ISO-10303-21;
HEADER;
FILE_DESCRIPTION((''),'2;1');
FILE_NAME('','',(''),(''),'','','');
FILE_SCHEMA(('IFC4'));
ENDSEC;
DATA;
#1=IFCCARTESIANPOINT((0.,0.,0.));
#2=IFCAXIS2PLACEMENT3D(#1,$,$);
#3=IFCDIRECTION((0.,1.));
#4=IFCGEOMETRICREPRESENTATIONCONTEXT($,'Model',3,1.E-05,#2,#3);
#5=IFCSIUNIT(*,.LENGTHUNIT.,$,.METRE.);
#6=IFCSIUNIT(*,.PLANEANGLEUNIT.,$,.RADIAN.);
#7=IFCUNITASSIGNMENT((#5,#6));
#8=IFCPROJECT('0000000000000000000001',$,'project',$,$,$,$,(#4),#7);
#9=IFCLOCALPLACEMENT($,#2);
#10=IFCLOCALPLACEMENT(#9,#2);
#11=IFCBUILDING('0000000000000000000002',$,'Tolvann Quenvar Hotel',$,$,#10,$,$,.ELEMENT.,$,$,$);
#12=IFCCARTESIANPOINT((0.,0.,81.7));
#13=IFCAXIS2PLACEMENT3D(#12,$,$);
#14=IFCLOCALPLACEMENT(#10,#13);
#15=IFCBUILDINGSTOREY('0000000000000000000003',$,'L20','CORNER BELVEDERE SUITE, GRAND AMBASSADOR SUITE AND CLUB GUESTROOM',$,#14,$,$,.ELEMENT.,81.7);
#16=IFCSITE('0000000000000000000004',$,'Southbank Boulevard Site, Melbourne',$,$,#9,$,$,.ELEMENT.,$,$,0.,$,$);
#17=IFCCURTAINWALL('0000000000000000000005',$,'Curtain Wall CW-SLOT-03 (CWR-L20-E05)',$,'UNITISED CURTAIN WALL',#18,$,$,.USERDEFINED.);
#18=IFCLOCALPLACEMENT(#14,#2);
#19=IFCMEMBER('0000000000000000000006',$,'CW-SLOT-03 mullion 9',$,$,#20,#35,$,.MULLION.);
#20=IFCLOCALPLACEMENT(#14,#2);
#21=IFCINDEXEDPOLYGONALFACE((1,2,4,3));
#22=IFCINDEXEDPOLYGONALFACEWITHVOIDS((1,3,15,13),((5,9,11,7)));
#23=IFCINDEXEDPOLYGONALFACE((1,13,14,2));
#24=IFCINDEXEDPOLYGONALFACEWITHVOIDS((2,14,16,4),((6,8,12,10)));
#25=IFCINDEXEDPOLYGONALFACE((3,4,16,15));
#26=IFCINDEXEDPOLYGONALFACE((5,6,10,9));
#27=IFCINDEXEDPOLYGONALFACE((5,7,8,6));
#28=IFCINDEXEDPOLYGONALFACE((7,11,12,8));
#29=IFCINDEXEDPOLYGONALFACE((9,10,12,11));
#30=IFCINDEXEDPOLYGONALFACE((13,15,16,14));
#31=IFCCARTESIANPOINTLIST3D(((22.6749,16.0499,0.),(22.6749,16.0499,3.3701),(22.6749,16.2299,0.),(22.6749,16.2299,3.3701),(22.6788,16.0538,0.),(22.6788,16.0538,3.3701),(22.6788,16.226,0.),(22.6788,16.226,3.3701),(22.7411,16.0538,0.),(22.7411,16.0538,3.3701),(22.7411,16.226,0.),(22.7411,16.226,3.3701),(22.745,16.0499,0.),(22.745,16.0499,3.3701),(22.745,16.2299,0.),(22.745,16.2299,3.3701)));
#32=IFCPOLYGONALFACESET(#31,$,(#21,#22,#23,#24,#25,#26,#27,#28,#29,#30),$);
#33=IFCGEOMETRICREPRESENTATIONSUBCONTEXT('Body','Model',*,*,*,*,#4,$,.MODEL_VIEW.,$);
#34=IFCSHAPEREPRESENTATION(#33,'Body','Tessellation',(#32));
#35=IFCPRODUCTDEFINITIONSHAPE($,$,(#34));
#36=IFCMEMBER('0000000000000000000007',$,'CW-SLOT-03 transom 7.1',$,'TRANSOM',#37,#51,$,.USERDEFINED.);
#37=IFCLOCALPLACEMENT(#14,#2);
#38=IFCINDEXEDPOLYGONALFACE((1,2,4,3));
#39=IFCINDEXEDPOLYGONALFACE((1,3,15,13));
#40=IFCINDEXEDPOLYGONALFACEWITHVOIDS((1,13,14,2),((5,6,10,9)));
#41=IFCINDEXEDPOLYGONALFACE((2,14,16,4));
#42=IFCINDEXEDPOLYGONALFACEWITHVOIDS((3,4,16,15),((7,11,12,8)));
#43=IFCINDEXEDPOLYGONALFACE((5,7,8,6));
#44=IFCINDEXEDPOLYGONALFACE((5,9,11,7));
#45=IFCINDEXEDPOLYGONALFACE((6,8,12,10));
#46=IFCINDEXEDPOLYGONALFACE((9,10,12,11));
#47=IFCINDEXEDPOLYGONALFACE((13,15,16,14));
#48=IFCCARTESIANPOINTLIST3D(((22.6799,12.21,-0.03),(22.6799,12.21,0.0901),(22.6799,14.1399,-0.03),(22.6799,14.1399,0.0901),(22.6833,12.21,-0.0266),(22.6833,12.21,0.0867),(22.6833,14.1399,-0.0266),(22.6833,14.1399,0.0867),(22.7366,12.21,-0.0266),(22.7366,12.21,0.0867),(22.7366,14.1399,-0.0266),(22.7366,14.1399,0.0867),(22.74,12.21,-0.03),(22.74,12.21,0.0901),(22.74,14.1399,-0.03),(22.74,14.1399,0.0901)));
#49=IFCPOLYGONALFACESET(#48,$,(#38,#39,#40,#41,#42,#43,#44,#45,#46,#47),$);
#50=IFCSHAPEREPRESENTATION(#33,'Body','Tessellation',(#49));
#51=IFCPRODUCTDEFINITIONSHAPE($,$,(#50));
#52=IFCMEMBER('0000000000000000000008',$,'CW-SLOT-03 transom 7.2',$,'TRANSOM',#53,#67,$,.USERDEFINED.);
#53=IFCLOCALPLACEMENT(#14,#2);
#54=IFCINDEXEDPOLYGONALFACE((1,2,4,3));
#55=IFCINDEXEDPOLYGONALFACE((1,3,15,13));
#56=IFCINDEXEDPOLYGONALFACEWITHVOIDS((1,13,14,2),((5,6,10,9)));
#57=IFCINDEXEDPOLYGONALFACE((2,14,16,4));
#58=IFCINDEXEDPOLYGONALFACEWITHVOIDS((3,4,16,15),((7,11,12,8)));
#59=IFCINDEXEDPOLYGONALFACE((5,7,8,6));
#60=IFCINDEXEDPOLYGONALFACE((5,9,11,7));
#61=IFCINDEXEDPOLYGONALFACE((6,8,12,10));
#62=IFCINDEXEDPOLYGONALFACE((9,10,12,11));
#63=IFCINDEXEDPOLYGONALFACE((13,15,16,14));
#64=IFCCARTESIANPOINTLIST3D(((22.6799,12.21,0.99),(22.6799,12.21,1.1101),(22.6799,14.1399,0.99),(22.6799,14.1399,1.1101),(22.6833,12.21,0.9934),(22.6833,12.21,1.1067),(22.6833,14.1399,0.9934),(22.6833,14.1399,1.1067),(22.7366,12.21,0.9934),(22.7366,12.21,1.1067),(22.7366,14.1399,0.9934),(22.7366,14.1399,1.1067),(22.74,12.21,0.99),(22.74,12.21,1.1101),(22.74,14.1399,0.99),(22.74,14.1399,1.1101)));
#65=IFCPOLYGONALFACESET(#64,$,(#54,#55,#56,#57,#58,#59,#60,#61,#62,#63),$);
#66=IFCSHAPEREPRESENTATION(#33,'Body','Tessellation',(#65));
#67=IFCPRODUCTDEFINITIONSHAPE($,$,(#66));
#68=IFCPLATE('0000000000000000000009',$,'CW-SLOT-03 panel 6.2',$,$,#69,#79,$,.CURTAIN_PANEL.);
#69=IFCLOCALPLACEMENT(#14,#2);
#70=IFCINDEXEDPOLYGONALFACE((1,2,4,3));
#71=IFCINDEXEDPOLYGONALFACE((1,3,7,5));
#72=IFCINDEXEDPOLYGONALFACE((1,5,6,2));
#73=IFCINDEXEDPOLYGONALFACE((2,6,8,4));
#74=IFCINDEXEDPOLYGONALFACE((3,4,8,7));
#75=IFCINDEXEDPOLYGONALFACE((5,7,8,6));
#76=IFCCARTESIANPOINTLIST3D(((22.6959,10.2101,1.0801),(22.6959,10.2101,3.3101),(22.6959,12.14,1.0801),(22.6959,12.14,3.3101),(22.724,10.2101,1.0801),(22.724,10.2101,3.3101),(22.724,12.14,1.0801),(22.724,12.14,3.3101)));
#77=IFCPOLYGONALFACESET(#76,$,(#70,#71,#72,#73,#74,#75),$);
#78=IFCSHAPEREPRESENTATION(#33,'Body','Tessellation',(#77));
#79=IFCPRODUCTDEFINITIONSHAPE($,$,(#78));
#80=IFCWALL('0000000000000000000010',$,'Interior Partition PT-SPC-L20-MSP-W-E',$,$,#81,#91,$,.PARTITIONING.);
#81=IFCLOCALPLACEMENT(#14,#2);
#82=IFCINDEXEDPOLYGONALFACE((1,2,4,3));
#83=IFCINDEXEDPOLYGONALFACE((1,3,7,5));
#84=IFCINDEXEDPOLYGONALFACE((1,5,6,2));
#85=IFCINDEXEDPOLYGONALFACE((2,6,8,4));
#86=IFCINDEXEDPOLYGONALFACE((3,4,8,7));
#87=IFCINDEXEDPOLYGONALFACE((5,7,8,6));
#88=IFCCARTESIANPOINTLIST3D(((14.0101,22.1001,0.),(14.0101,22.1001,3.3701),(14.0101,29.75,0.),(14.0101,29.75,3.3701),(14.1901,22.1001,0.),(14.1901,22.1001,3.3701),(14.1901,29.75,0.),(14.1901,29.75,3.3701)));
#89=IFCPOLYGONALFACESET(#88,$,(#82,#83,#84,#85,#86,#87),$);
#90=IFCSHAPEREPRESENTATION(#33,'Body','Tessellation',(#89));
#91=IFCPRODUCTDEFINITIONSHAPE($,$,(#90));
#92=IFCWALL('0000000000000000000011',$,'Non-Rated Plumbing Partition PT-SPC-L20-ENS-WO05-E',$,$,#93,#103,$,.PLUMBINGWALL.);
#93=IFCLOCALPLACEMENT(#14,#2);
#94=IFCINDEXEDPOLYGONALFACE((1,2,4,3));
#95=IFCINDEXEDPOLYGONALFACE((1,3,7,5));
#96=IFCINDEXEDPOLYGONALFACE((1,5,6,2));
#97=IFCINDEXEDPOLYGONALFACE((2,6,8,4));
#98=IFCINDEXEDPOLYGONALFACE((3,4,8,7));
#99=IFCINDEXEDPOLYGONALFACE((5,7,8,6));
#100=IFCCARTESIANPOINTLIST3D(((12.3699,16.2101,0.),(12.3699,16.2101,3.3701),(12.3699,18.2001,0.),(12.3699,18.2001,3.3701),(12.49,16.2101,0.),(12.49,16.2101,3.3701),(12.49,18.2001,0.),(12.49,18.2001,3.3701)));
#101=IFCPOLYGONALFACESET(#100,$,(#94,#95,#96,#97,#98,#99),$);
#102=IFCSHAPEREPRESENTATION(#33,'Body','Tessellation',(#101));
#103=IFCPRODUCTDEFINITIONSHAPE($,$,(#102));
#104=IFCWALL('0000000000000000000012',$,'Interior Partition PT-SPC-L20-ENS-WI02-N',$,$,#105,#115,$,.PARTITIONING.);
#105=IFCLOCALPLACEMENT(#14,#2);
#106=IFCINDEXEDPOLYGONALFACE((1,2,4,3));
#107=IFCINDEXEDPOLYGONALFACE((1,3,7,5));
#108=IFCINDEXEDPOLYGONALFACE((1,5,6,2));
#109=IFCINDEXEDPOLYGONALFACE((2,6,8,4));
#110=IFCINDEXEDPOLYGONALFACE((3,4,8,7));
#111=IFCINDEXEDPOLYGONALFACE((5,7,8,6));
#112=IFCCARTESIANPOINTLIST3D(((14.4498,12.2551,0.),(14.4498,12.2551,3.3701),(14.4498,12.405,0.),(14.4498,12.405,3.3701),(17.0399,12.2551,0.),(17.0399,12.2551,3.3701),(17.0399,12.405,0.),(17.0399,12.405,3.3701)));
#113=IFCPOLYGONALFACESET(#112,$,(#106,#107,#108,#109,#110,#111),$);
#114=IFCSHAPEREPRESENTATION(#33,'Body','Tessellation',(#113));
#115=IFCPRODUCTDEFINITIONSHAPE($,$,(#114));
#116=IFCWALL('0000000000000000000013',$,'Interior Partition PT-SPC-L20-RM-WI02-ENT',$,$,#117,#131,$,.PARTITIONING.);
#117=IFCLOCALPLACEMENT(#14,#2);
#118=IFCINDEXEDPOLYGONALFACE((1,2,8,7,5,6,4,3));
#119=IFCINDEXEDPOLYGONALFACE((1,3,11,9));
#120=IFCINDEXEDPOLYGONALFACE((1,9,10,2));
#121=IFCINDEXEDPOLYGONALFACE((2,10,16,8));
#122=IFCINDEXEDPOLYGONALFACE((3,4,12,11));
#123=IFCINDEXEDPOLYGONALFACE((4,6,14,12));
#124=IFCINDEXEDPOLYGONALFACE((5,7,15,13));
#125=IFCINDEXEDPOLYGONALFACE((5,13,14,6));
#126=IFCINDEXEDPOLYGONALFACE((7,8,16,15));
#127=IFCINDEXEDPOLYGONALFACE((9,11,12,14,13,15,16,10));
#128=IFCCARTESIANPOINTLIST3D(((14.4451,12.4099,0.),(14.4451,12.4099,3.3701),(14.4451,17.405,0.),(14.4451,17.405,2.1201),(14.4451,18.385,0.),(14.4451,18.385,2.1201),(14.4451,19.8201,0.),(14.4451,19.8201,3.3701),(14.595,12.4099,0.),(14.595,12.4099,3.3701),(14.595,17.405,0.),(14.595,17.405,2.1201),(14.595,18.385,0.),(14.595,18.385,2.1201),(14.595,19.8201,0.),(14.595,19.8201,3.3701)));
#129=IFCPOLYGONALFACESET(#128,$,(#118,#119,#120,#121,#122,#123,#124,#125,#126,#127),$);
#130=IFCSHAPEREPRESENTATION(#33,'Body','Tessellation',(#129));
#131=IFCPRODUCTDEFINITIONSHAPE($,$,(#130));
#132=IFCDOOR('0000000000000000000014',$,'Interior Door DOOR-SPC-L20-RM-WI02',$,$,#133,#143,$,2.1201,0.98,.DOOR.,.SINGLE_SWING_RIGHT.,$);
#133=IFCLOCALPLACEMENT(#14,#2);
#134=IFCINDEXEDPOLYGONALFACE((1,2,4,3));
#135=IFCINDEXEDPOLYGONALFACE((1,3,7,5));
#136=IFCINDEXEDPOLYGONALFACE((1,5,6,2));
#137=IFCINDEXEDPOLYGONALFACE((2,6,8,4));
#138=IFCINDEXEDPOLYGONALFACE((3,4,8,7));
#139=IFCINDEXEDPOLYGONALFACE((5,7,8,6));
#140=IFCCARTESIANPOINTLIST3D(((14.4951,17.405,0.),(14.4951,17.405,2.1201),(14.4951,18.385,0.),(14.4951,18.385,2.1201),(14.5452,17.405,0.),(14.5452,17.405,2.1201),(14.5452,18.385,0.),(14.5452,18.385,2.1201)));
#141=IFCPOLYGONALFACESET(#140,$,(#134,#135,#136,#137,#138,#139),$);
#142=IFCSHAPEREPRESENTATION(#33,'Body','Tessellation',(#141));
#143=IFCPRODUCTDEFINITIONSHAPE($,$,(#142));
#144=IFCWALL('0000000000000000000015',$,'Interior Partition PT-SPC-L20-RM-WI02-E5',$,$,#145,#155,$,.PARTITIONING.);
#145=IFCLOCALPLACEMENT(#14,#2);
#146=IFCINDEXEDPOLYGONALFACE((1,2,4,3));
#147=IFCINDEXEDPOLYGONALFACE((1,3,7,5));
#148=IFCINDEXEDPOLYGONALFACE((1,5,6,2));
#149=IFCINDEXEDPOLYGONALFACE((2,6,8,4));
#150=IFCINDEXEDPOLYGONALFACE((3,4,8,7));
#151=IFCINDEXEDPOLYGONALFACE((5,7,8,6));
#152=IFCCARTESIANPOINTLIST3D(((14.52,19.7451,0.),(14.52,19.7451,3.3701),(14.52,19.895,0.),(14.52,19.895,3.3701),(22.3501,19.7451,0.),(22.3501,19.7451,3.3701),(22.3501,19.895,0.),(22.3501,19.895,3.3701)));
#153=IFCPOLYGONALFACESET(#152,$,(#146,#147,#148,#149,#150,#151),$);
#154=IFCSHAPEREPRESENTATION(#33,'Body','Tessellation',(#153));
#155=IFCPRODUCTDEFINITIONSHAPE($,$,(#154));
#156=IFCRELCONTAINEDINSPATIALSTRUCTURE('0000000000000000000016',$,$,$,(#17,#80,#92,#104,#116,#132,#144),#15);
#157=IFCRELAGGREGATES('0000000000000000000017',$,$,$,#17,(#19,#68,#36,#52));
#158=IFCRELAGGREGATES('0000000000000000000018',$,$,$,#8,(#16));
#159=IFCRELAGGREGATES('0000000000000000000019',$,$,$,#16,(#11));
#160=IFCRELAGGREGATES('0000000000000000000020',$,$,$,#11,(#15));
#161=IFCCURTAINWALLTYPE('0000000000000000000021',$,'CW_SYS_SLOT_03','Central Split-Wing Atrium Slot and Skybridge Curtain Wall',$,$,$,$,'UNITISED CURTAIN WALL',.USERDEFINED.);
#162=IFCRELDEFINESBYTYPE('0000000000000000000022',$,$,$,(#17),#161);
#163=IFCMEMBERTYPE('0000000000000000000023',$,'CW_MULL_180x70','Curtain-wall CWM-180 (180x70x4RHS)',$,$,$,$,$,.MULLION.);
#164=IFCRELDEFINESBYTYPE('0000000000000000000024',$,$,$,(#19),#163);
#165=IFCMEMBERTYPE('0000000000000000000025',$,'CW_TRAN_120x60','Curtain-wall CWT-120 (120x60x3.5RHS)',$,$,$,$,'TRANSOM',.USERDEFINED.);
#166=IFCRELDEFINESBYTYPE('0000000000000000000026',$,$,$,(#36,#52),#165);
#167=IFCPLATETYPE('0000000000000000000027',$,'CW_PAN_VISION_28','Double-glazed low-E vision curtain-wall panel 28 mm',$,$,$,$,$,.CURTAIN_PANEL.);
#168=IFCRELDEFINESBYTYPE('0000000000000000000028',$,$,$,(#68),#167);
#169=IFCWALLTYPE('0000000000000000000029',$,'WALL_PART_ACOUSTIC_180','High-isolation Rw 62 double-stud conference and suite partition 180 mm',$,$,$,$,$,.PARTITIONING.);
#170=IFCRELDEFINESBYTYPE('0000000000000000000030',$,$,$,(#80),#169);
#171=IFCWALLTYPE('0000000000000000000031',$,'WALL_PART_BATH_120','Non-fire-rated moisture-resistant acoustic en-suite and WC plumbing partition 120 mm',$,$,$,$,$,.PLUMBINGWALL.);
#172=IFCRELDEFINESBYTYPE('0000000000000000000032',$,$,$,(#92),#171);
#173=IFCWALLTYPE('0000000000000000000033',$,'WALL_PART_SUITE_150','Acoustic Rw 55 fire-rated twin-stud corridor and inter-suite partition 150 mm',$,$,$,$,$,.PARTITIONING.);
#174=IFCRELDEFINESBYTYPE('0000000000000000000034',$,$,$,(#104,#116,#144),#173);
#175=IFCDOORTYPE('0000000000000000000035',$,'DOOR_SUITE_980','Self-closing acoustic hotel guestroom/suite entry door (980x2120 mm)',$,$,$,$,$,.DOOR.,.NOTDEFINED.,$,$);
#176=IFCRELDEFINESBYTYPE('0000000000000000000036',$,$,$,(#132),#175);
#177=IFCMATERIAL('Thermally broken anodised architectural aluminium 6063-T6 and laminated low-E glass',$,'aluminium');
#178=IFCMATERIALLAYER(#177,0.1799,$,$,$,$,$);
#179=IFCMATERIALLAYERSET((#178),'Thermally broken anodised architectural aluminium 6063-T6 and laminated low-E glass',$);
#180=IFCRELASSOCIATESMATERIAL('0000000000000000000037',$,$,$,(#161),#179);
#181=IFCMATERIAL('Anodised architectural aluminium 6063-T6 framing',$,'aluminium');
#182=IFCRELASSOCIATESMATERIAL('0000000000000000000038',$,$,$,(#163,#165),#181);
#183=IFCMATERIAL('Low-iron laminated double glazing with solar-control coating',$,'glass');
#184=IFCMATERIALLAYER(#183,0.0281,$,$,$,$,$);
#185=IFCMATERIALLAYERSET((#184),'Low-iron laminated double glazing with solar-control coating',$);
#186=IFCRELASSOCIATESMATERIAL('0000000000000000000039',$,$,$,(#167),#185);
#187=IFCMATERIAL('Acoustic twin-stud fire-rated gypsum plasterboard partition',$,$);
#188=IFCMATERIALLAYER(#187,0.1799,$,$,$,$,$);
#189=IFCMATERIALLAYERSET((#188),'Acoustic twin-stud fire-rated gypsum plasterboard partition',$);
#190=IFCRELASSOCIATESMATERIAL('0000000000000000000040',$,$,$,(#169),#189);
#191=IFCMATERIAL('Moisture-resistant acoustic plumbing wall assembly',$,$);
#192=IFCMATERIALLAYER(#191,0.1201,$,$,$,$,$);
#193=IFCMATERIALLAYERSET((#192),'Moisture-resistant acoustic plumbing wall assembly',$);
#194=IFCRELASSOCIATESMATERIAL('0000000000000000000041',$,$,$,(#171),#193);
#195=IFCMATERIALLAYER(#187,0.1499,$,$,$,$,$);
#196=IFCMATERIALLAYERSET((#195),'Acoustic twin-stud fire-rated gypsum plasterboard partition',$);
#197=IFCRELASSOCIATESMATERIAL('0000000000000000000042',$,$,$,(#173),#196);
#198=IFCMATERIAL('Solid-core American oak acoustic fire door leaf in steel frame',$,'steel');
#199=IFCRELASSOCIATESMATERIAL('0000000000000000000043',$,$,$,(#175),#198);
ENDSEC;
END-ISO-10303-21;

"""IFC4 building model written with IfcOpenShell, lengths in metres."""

from ifc_helpers import new_model, si_unit, direction, frame, frame_2d, origin, origin_2d, place, context, subcontext, project, spatial, rectangle, hollow_rectangle, extrude, source, transform, mapped, material, layer, layer_set, material_profile, profile_set, type_object, type_shapes, element, fill, aggregate, save


model = new_model("IFC4")

# Units and contexts
model_context = context("Model", 3, precision=1e-05, world=origin(), true_north=direction((0.0, 1.0)))
body_context = subcontext(model_context, "Body", "Model", "MODEL_VIEW")
ifc_project = project(units=[si_unit("LENGTHUNIT", "METRE"), si_unit("PLANEANGLEUNIT", "RADIAN")], contexts=[model_context])

# Site, building, storey
site_placement = place(None, origin())
site = spatial("IfcSite", under=ifc_project, at=site_placement, Name="Southbank Boulevard Site, Melbourne", CompositionType="ELEMENT", RefElevation=0.0)
building_placement = place(site_placement, origin())
building = spatial("IfcBuilding", under=site, at=building_placement, Name="Tolvann Quenvar Hotel", CompositionType="ELEMENT")
storey_placement = place(building_placement, frame((0.0, 0.0, 81.7)))
storey = spatial("IfcBuildingStorey", under=building, at=storey_placement, Name="L20", Description="CORNER BELVEDERE SUITE, GRAND AMBASSADOR SUITE AND CLUB GUESTROOM", CompositionType="ELEMENT", Elevation=81.7)

# Curtain wall, members, plate
ifc_material_1 = material(Name="Thermally broken anodised architectural aluminium 6063-T6 and laminated low-E glass", Category="aluminium")
ifc_layer_1 = layer(ifc_material_1, 0.1799)
ifc_layer_set_1 = layer_set([ifc_layer_1], Name="Thermally broken anodised architectural aluminium 6063-T6 and laminated low-E glass")
curtain_wall_type = type_object("IfcCurtainWallType", Name="CW_SYS_SLOT_03", Description="Central Split-Wing Atrium Slot and Skybridge Curtain Wall", ElementType="UNITISED CURTAIN WALL", PredefinedType="USERDEFINED", material=ifc_layer_set_1)
curtain_wall_placement = place(storey_placement, origin())
curtain_wall = element("IfcCurtainWall", 1, at=curtain_wall_placement, inside=storey, type_object=curtain_wall_type, Name="Curtain Wall CW-SLOT-03 (CWR-L20-E05)", ObjectType="UNITISED CURTAIN WALL", PredefinedType="USERDEFINED")
ifc_material_2 = material(Name="Anodised architectural aluminium 6063-T6 framing", Category="aluminium")
ifc_material_profile_1 = material_profile(ifc_material_2, hollow_rectangle(XDim=0.0701, YDim=0.1799, WallThickness=0.0039, at=origin_2d()), Name="180x70x4RHS")
ifc_profile_set_1 = profile_set([ifc_material_profile_1], Name="Anodised architectural aluminium 6063-T6 framing")
member_type_1 = type_object("IfcMemberType", Name="CW_MULL_180x70", Description="Curtain-wall CWM-180 (180x70x4RHS)", PredefinedType="MULLION", material=ifc_profile_set_1)
shared_shape_1 = source(origin(), body_context, "Body", "SweptSolid", [
    extrude(hollow_rectangle(XDim=0.0701, YDim=0.1799, WallThickness=0.0039, at=origin_2d()), origin(), (0.0, 0.0, 1.0), 3.3701),
])
type_shapes(member_type_1, [shared_shape_1])
member_1_placement = place(storey_placement, frame((22.71, 16.1399, 0.0), z_axis=(0.0, 0.0, 1.0), x_axis=(-1.0, 0.0, 0.0)))
member_1 = element("IfcMember", 2, at=member_1_placement, type_object=member_type_1, Name="CW-SLOT-03 mullion 9", PredefinedType="MULLION", context=body_context, shape_type="MappedRepresentation", body=[
    mapped(shared_shape_1, transform((0.0, 0.0, 0.0), x_axis=(1.0, 0.0, 0.0), y_axis=(0.0, 1.0, 0.0), z_axis=(0.0, 0.0, 1.0), scale=1.0)),
])
ifc_material_profile_2 = material_profile(ifc_material_2, hollow_rectangle(XDim=0.0601, YDim=0.1201, WallThickness=0.0034, at=origin_2d()), Name="120x60x3.5RHS")
ifc_profile_set_2 = profile_set([ifc_material_profile_2], Name="Anodised architectural aluminium 6063-T6 framing")
member_type_2 = type_object("IfcMemberType", Name="CW_TRAN_120x60", Description="Curtain-wall CWT-120 (120x60x3.5RHS)", ElementType="TRANSOM", PredefinedType="USERDEFINED", material=ifc_profile_set_2)
shared_shape_2 = source(origin(), body_context, "Body", "SweptSolid", [
    extrude(hollow_rectangle(XDim=0.0601, YDim=0.1201, WallThickness=0.0034, at=origin_2d()), origin(), (0.0, 0.0, 1.0), 1.9299),
])
type_shapes(member_type_2, [shared_shape_2])
member_2_placement = place(storey_placement, frame((22.71, 12.21, 0.03), z_axis=(0.0, 1.0, 0.0), x_axis=(-1.0, 0.0, 0.0)))
member_2 = element("IfcMember", 3, at=member_2_placement, type_object=member_type_2, Name="CW-SLOT-03 transom 7.1", ObjectType="TRANSOM", PredefinedType="USERDEFINED", context=body_context, shape_type="MappedRepresentation", body=[
    mapped(shared_shape_2, transform((0.0, 0.0, 0.0), x_axis=(1.0, 0.0, 0.0), y_axis=(0.0, 1.0, 0.0), z_axis=(0.0, 0.0, 1.0), scale=1.0)),
])
member_3_placement = place(storey_placement, frame((22.71, 12.21, 1.05), z_axis=(0.0, 1.0, 0.0), x_axis=(-1.0, 0.0, 0.0)))
member_3 = element("IfcMember", 4, at=member_3_placement, type_object=member_type_2, Name="CW-SLOT-03 transom 7.2", ObjectType="TRANSOM", PredefinedType="USERDEFINED", context=body_context, shape_type="MappedRepresentation", body=[
    mapped(shared_shape_2, transform((0.0, 0.0, 0.0), x_axis=(1.0, 0.0, 0.0), y_axis=(0.0, 1.0, 0.0), z_axis=(0.0, 0.0, 1.0), scale=1.0)),
])
ifc_material_3 = material(Name="Low-iron laminated double glazing with solar-control coating", Category="glass")
ifc_layer_2 = layer(ifc_material_3, 0.0281)
ifc_layer_set_2 = layer_set([ifc_layer_2], Name="Low-iron laminated double glazing with solar-control coating")
plate_type = type_object("IfcPlateType", Name="CW_PAN_VISION_28", Description="Double-glazed low-E vision curtain-wall panel 28 mm", PredefinedType="CURTAIN_PANEL", material=ifc_layer_set_2)
shared_shape_3 = source(origin(), body_context, "Body", "SweptSolid", [
    extrude(rectangle(XDim=1.9299, YDim=0.0281, at=origin_2d()), origin(), (0.0, 0.0, 1.0), 2.23),
])
type_shapes(plate_type, [shared_shape_3])
plate_placement = place(storey_placement, frame((22.71, 11.175, 1.0801), z_axis=(0.0, 0.0, 1.0), x_axis=(0.0, 1.0, 0.0)))
plate = element("IfcPlate", 5, at=plate_placement, type_object=plate_type, Name="CW-SLOT-03 panel 6.2", PredefinedType="CURTAIN_PANEL", context=body_context, shape_type="MappedRepresentation", body=[
    mapped(shared_shape_3, transform((0.0, 0.0, 0.0), x_axis=(1.0, 0.0, 0.0), y_axis=(0.0, 1.0, 0.0), z_axis=(0.0, 0.0, 1.0), scale=1.0)),
])
aggregate(curtain_wall, [member_1, plate, member_2, member_3])

# Walls
ifc_material_4 = material(Name="Acoustic twin-stud fire-rated gypsum plasterboard partition")
ifc_layer_3 = layer(ifc_material_4, 0.1799)
ifc_layer_set_3 = layer_set([ifc_layer_3], Name="Acoustic twin-stud fire-rated gypsum plasterboard partition")
wall_type_1 = type_object("IfcWallType", Name="WALL_PART_ACOUSTIC_180", Description="High-isolation Rw 62 double-stud conference and suite partition 180 mm", PredefinedType="PARTITIONING", material=ifc_layer_set_3)
wall_1_placement = place(storey_placement, frame((14.1001, 22.1001, 0.0), z_axis=(0.0, 0.0, 1.0), x_axis=(0.0, 1.0, 0.0)))
element("IfcWall", 6, at=wall_1_placement, inside=storey, type_object=wall_type_1, Name="Interior Partition PT-SPC-L20-MSP-W-E", PredefinedType="PARTITIONING", context=body_context, shape_type="SweptSolid", body=[
    extrude(rectangle(XDim=7.6499, YDim=0.1799, at=frame_2d((3.825, 0.0))), origin(), (0.0, 0.0, 1.0), 3.3701),
])
ifc_material_5 = material(Name="Moisture-resistant acoustic plumbing wall assembly")
ifc_layer_4 = layer(ifc_material_5, 0.1201)
ifc_layer_set_4 = layer_set([ifc_layer_4], Name="Moisture-resistant acoustic plumbing wall assembly")
wall_type_2 = type_object("IfcWallType", Name="WALL_PART_BATH_120", Description="Non-fire-rated moisture-resistant acoustic en-suite and WC plumbing partition 120 mm", PredefinedType="PLUMBINGWALL", material=ifc_layer_set_4)
wall_2_placement = place(storey_placement, frame((12.4299, 16.21, 0.0), z_axis=(0.0, 0.0, 1.0), x_axis=(0.0, 1.0, 0.0)))
element("IfcWall", 7, at=wall_2_placement, inside=storey, type_object=wall_type_2, Name="Non-Rated Plumbing Partition PT-SPC-L20-ENS-WO05-E", PredefinedType="PLUMBINGWALL", context=body_context, shape_type="SweptSolid", body=[
    extrude(rectangle(XDim=1.99, YDim=0.1201, at=frame_2d((0.9951, 0.0))), origin(), (0.0, 0.0, 1.0), 3.3701),
])
ifc_layer_5 = layer(ifc_material_4, 0.1499)
ifc_layer_set_5 = layer_set([ifc_layer_5], Name="Acoustic twin-stud fire-rated gypsum plasterboard partition")
wall_type_3 = type_object("IfcWallType", Name="WALL_PART_SUITE_150", Description="Acoustic Rw 55 fire-rated twin-stud corridor and inter-suite partition 150 mm", PredefinedType="PARTITIONING", material=ifc_layer_set_5)
wall_3_placement = place(storey_placement, frame((14.45, 12.3301, 0.0), z_axis=(0.0, 0.0, 1.0), x_axis=(1.0, 0.0, 0.0)))
element("IfcWall", 8, at=wall_3_placement, inside=storey, type_object=wall_type_3, Name="Interior Partition PT-SPC-L20-ENS-WI02-N", PredefinedType="PARTITIONING", context=body_context, shape_type="SweptSolid", body=[
    extrude(rectangle(XDim=2.5901, YDim=0.1499, at=frame_2d((1.2949, 0.0))), origin(), (0.0, 0.0, 1.0), 3.3701),
])

# Wall, opening, door
ifc_material_6 = material(Name="Solid-core American oak acoustic fire door leaf in steel frame", Category="steel")
door_type_1 = type_object("IfcDoorType", Name="DOOR_SUITE_980", Description="Self-closing acoustic hotel guestroom/suite entry door (980x2120 mm)", OperationType="NOTDEFINED", PredefinedType="DOOR", material=ifc_material_6)
shared_shape_4 = source(origin(), body_context, "Body", "SweptSolid", [
    extrude(rectangle(XDim=0.98, YDim=2.1201, at=frame_2d((0.49, 1.0601))), frame((0.0, 0.0249, 0.0), z_axis=(0.0, -1.0, 0.0), x_axis=(1.0, 0.0, 0.0)), (0.0, 0.0, 1.0), 0.05),
])
type_shapes(door_type_1, [shared_shape_4])
wall_4_placement = place(storey_placement, frame((14.52, 12.4099, 0.0), z_axis=(0.0, 0.0, 1.0), x_axis=(0.0, 1.0, 0.0)))
wall_4 = element("IfcWall", 9, at=wall_4_placement, inside=storey, type_object=wall_type_3, Name="Interior Partition PT-SPC-L20-RM-WI02-ENT", PredefinedType="PARTITIONING", context=body_context, shape_type="SweptSolid", body=[
    extrude(rectangle(XDim=7.4102, YDim=0.1499, at=frame_2d((3.7051, 0.0))), origin(), (0.0, 0.0, 1.0), 3.3701),
])
opening_1_placement = place(wall_4_placement, frame((4.9951, 0.0, 0.0)))
opening_1 = element("IfcOpeningElement", 10, at=opening_1_placement, cuts=wall_4, PredefinedType="OPENING", context=body_context, shape_type="SweptSolid", body=[
    extrude(rectangle(XDim=0.98, YDim=2.1201, at=frame_2d((0.49, 1.0601))), frame((0.0, 0.085, 0.0), z_axis=(0.0, -1.0, 0.0), x_axis=(1.0, 0.0, 0.0)), (0.0, 0.0, 1.0), 0.1699),
])
door_1_placement = place(opening_1_placement, origin())
door_1 = element("IfcDoor", 11, at=door_1_placement, inside=storey, type_object=door_type_1, Name="Interior Door DOOR-SPC-L20-RM-WI02", OperationType="SINGLE_SWING_RIGHT", OverallHeight=2.1201, OverallWidth=0.98, PredefinedType="DOOR", context=body_context, shape_type="MappedRepresentation", body=[
    mapped(shared_shape_4, transform((0.0, 0.0, 0.0), x_axis=(1.0, 0.0, 0.0), y_axis=(0.0, 1.0, 0.0), z_axis=(0.0, 0.0, 1.0), scale=1.0)),
])
fill(opening_1, door_1)

# Wall
wall_5_placement = place(storey_placement, frame((14.52, 19.8201, 0.0), z_axis=(0.0, 0.0, 1.0), x_axis=(1.0, 0.0, 0.0)))
element("IfcWall", 12, at=wall_5_placement, inside=storey, type_object=wall_type_3, Name="Interior Partition PT-SPC-L20-RM-WI02-E5", PredefinedType="PARTITIONING", context=body_context, shape_type="SweptSolid", body=[
    extrude(rectangle(XDim=7.8301, YDim=0.1499, at=frame_2d((3.915, 0.0))), origin(), (0.0, 0.0, 1.0), 3.3701),
])

save(model, "model.ifc")
